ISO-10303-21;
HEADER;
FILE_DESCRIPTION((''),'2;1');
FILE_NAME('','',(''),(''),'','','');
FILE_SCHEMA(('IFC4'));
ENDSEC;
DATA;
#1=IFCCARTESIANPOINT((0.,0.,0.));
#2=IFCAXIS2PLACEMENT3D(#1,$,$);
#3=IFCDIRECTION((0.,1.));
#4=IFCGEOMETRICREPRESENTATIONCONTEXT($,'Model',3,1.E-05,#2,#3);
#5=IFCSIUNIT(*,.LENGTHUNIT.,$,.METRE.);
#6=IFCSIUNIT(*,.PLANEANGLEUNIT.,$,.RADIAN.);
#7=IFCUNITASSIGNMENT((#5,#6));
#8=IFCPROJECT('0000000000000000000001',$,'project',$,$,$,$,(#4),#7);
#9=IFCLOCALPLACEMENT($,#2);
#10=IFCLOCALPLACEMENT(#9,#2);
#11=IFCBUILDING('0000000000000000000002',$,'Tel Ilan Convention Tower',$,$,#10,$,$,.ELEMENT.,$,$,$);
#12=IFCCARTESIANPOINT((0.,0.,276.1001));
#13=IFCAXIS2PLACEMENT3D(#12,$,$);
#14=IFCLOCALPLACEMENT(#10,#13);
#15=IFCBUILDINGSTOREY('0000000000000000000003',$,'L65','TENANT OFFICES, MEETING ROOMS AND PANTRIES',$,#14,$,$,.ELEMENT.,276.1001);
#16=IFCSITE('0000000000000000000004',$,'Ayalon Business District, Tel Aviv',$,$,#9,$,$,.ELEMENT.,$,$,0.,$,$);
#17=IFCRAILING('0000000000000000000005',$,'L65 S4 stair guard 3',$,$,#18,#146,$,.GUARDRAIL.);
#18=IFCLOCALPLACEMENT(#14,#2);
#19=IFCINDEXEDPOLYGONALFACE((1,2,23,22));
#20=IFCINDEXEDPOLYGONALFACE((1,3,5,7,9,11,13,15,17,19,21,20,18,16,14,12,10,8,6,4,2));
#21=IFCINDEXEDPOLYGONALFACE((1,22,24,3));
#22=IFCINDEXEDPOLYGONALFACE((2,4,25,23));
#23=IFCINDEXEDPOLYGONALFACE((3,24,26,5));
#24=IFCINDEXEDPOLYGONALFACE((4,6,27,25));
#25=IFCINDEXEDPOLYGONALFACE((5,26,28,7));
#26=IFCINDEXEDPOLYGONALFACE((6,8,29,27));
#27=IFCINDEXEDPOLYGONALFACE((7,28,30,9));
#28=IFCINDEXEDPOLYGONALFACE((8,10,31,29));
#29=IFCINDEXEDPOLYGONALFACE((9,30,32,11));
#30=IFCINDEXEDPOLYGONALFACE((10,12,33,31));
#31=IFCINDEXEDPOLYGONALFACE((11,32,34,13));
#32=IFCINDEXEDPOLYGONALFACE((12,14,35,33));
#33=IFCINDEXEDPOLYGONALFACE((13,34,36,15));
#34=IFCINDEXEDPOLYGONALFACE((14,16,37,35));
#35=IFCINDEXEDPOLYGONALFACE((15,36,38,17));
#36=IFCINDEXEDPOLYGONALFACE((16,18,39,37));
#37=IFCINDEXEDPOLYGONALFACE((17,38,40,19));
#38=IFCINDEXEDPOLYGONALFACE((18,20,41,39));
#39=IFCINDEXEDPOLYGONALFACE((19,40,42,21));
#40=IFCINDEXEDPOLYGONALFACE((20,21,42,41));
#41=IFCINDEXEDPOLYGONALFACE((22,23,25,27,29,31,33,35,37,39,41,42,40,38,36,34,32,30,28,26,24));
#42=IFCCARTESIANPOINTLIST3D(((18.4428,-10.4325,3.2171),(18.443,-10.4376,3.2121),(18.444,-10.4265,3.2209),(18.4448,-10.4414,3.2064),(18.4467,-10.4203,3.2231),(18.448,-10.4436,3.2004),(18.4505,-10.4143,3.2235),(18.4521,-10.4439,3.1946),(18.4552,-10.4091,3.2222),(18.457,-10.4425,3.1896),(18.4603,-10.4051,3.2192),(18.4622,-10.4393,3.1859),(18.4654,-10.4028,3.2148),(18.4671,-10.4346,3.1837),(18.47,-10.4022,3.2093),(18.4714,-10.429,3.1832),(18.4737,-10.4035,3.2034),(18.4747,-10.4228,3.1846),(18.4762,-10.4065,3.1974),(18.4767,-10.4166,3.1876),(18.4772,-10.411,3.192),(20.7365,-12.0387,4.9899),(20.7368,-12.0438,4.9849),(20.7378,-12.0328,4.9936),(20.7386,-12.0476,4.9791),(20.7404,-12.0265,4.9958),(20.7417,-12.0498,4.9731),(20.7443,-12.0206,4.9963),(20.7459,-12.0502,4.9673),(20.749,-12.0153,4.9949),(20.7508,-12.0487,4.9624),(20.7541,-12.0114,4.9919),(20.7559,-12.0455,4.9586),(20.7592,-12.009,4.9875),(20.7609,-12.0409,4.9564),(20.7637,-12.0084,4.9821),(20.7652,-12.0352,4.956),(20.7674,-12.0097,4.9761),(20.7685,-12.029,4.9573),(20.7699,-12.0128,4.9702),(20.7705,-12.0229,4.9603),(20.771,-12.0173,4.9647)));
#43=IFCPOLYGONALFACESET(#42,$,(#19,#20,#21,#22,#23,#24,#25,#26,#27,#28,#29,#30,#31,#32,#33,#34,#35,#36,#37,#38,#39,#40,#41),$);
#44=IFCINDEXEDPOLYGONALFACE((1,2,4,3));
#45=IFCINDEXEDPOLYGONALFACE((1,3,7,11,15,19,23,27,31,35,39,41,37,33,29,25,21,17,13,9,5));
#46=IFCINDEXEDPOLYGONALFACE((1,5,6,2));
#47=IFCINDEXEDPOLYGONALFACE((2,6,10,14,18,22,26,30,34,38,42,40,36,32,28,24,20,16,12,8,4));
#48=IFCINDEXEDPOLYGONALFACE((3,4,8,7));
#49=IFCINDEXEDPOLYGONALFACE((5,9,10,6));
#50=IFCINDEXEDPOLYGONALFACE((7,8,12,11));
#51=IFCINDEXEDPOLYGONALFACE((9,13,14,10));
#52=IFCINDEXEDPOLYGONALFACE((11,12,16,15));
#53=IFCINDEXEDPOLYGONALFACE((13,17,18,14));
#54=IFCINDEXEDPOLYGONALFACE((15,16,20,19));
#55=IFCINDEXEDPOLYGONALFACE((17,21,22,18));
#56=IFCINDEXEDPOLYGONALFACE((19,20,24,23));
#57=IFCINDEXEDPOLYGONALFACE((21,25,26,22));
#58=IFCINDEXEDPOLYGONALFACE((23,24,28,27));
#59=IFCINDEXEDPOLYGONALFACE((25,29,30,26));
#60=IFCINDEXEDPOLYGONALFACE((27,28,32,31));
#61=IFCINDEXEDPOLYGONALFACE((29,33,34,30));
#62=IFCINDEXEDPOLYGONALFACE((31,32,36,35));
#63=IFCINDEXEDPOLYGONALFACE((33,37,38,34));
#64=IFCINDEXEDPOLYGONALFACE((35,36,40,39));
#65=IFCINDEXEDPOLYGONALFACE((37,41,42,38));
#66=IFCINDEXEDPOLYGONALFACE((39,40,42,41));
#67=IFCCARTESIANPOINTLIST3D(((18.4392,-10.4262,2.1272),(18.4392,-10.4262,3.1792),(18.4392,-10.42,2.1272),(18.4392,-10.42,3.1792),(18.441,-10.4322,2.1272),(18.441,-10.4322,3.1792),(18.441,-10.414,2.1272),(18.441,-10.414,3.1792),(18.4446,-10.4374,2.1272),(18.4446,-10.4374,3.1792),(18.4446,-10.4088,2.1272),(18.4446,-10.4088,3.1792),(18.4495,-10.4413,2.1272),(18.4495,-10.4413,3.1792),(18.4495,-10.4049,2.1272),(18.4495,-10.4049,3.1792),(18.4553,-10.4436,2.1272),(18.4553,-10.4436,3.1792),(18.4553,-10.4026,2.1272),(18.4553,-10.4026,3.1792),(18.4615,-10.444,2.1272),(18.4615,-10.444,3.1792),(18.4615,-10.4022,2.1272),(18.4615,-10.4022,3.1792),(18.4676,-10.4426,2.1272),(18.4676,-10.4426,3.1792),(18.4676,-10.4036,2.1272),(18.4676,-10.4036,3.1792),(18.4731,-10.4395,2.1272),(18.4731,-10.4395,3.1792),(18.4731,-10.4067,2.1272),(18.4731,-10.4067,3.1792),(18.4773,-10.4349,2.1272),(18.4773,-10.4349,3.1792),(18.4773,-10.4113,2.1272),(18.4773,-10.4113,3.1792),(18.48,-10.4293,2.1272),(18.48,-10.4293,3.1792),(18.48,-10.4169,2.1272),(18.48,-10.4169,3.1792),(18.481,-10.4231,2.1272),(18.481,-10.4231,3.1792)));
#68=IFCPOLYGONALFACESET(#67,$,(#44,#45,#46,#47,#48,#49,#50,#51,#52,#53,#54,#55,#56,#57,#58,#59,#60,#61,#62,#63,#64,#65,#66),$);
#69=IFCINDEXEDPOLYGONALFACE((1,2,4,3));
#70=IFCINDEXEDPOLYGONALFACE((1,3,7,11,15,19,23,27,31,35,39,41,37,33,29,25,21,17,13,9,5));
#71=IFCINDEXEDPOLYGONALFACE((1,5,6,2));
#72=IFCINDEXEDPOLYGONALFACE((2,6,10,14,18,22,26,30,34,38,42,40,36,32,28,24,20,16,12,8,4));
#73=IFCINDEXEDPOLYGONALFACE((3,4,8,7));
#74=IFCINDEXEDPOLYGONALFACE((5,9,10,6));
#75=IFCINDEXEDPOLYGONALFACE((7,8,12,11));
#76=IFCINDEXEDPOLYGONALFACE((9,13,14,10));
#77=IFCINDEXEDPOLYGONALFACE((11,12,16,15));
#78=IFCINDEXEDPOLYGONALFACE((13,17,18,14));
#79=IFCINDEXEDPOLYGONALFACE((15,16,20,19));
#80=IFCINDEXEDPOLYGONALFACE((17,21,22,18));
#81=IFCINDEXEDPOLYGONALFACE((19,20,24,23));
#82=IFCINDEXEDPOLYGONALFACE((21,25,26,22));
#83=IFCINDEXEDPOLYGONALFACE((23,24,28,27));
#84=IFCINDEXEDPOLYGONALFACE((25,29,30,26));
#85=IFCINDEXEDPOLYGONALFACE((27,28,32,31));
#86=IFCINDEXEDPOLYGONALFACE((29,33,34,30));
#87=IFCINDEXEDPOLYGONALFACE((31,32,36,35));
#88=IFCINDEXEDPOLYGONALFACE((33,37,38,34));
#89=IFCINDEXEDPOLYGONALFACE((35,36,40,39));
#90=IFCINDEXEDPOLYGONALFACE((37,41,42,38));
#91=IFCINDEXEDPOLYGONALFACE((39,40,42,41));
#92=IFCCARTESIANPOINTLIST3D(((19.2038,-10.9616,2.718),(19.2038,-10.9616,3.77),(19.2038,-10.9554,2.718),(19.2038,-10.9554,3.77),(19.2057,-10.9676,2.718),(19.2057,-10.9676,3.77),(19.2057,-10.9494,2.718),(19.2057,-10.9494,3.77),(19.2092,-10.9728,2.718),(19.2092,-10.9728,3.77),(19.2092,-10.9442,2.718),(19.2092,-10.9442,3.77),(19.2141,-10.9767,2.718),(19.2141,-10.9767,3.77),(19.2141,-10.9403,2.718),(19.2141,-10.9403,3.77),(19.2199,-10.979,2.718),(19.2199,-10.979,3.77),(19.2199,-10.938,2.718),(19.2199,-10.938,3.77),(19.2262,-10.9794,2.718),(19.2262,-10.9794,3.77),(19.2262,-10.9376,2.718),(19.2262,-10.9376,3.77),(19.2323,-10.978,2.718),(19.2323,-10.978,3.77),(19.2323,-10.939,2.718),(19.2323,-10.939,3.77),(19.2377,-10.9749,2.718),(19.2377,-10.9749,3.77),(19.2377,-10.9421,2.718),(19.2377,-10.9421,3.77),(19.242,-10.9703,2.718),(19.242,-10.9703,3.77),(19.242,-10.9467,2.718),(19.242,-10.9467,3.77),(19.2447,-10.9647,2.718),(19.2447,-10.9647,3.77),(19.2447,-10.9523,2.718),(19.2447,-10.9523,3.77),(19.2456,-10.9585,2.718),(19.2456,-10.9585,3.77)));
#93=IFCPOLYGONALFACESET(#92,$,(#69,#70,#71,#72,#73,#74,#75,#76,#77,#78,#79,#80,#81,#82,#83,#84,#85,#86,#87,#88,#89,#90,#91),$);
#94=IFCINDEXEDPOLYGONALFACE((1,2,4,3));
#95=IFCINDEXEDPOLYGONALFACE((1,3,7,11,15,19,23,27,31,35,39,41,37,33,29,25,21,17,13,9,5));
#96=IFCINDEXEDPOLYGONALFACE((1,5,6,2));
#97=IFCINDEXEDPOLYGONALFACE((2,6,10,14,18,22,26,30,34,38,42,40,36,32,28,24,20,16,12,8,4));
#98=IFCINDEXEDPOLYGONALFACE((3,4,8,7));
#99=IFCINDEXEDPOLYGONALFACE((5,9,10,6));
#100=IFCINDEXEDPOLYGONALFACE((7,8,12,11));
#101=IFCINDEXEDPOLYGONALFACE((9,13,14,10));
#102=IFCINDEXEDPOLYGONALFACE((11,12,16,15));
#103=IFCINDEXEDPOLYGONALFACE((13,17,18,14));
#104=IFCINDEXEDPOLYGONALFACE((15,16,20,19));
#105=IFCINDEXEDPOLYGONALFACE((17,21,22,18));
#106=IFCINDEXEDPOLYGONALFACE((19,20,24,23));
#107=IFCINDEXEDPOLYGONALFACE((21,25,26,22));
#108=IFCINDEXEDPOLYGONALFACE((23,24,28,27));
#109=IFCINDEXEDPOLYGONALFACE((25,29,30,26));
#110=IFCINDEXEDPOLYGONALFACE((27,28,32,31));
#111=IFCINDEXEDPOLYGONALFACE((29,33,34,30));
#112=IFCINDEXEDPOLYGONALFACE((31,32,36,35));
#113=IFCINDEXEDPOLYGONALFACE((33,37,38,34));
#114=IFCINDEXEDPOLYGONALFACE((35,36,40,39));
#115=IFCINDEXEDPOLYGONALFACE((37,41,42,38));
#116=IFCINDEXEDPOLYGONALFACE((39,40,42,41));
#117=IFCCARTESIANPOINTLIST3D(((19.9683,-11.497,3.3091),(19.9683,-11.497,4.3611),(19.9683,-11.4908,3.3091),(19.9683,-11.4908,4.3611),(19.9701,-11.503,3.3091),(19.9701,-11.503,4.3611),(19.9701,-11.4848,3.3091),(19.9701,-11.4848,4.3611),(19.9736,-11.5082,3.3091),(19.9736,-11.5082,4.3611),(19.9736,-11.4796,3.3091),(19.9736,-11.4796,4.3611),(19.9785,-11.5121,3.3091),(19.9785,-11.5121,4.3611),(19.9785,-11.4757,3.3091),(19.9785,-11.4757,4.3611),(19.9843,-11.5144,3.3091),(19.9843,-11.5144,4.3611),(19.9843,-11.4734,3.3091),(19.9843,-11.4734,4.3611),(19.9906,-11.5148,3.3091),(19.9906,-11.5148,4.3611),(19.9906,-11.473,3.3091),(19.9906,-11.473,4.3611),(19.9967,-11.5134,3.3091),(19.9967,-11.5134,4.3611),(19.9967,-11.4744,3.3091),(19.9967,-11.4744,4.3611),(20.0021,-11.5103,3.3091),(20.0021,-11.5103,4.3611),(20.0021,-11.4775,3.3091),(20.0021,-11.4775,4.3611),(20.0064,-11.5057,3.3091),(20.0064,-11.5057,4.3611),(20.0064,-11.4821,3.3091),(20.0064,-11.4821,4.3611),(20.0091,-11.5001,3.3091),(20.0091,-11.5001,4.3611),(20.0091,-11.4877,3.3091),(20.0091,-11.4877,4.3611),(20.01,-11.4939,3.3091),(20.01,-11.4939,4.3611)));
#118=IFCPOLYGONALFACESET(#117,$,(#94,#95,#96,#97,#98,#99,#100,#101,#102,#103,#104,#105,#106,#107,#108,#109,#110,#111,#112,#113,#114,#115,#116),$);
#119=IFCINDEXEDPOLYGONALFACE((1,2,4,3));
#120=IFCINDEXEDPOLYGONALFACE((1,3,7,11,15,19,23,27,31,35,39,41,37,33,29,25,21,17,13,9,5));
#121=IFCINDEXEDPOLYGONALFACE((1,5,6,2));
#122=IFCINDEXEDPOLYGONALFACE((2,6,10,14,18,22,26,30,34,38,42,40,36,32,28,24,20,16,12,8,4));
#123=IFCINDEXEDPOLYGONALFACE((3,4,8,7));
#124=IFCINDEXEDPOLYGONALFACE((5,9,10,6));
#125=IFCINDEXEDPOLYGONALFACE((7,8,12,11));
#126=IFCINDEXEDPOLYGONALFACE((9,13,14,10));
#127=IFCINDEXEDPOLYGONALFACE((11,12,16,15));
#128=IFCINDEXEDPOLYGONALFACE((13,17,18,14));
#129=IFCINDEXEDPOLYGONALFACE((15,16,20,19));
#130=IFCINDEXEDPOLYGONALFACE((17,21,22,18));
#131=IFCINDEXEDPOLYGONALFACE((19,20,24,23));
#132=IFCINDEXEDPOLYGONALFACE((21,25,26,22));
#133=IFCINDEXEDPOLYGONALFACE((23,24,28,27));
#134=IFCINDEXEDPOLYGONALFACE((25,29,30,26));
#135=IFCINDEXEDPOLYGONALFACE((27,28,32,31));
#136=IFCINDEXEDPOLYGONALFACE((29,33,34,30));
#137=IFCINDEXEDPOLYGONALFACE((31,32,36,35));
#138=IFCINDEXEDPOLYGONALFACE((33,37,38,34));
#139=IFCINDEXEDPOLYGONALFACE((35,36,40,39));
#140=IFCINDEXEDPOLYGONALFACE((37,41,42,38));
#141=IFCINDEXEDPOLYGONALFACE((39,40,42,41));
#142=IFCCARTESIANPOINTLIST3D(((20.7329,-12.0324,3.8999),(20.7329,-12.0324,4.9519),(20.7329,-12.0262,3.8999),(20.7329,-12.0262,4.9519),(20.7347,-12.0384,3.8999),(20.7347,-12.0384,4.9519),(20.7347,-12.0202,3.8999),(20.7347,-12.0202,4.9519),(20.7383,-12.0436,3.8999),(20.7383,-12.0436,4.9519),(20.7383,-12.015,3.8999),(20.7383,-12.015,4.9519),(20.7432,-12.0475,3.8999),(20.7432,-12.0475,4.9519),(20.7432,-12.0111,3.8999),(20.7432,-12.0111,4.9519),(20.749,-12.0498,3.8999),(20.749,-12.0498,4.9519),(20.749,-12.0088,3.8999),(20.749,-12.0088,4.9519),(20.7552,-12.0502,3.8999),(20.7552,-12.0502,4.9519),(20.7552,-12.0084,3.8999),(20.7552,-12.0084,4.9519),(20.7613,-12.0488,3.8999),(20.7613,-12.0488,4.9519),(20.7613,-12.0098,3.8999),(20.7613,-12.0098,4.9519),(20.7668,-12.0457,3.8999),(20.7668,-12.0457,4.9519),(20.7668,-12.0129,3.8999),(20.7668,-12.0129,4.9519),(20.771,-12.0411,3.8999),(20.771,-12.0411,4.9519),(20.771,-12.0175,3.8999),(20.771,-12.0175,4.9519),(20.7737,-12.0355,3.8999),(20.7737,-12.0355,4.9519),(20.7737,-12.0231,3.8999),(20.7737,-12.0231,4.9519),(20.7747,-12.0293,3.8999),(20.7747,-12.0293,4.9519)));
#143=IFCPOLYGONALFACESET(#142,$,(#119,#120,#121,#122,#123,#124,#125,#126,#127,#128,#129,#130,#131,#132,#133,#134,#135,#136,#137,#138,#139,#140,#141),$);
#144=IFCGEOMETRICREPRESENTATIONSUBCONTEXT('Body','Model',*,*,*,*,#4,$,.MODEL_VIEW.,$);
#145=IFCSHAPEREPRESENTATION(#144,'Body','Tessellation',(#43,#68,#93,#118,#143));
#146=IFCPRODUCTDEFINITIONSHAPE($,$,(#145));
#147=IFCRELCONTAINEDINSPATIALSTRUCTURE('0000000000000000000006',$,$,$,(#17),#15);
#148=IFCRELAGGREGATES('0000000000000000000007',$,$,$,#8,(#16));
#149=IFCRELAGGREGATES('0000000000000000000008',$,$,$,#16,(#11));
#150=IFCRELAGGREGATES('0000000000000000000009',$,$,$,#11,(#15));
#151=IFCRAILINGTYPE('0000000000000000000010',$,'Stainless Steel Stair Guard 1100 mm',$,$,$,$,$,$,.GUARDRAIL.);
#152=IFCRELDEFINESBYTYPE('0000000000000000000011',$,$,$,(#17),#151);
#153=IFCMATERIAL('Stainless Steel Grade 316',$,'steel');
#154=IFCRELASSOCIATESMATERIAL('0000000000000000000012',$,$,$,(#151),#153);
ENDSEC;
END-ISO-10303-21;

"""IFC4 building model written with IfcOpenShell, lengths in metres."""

from ifc_helpers import new_model, si_unit, direction, frame, origin, origin_2d, place, context, subcontext, project, spatial, circle, extrude, material, type_object, element, save


model = new_model("IFC4")

# Units and contexts
model_context = context("Model", 3, precision=1e-05, world=origin(), true_north=direction((0.0, 1.0)))
body_context = subcontext(model_context, "Body", "Model", "MODEL_VIEW")
ifc_project = project(units=[si_unit("LENGTHUNIT", "METRE"), si_unit("PLANEANGLEUNIT", "RADIAN")], contexts=[model_context])

# Site, building, storey
site_placement = place(None, origin())
site = spatial("IfcSite", under=ifc_project, at=site_placement, Name="Ayalon Business District, Tel Aviv", CompositionType="ELEMENT", RefElevation=0.0)
building_placement = place(site_placement, origin())
building = spatial("IfcBuilding", under=site, at=building_placement, Name="Tel Ilan Convention Tower", CompositionType="ELEMENT")
storey_placement = place(building_placement, frame((0.0, 0.0, 276.1001)))
storey = spatial("IfcBuildingStorey", under=building, at=storey_placement, Name="L65", Description="TENANT OFFICES, MEETING ROOMS AND PANTRIES", CompositionType="ELEMENT", Elevation=276.1001)

# Railing
ifc_material_1 = material(Name="Stainless Steel Grade 316", Category="steel")
railing_type_1 = type_object("IfcRailingType", Name="Stainless Steel Stair Guard 1100 mm", PredefinedType="GUARDRAIL", material=ifc_material_1)
railing_1_placement = place(storey_placement, frame((18.46, -10.4231, 2.1272)))
element("IfcRailing", 1, at=railing_1_placement, inside=storey, type_object=railing_type_1, Name="L65 S4 stair guard 3", PredefinedType="GUARDRAIL", context=body_context, shape_type="SweptSolid", body=[
    extrude(circle(Radius=0.0239, at=origin_2d()), frame((0.0, 0.0, 1.0762), z_axis=(0.692098, -0.484653, 0.534894), x_axis=(0.573609, 0.81913, 0.0)), (0.0, 0.0, 1.0), 3.3142),
    extrude(circle(Radius=0.021, at=origin_2d()), origin(), (0.0, 0.0, 1.0), 1.052),
    extrude(circle(Radius=0.021, at=origin_2d()), frame((0.7646, -0.5354, 0.5908)), (0.0, 0.0, 1.0), 1.052),
    extrude(circle(Radius=0.021, at=origin_2d()), frame((1.5291, -1.0708, 1.1819)), (0.0, 0.0, 1.0), 1.052),
    extrude(circle(Radius=0.021, at=origin_2d()), frame((2.2937, -1.6062, 1.7727)), (0.0, 0.0, 1.0), 1.052),
])

save(model, "model.ifc")
